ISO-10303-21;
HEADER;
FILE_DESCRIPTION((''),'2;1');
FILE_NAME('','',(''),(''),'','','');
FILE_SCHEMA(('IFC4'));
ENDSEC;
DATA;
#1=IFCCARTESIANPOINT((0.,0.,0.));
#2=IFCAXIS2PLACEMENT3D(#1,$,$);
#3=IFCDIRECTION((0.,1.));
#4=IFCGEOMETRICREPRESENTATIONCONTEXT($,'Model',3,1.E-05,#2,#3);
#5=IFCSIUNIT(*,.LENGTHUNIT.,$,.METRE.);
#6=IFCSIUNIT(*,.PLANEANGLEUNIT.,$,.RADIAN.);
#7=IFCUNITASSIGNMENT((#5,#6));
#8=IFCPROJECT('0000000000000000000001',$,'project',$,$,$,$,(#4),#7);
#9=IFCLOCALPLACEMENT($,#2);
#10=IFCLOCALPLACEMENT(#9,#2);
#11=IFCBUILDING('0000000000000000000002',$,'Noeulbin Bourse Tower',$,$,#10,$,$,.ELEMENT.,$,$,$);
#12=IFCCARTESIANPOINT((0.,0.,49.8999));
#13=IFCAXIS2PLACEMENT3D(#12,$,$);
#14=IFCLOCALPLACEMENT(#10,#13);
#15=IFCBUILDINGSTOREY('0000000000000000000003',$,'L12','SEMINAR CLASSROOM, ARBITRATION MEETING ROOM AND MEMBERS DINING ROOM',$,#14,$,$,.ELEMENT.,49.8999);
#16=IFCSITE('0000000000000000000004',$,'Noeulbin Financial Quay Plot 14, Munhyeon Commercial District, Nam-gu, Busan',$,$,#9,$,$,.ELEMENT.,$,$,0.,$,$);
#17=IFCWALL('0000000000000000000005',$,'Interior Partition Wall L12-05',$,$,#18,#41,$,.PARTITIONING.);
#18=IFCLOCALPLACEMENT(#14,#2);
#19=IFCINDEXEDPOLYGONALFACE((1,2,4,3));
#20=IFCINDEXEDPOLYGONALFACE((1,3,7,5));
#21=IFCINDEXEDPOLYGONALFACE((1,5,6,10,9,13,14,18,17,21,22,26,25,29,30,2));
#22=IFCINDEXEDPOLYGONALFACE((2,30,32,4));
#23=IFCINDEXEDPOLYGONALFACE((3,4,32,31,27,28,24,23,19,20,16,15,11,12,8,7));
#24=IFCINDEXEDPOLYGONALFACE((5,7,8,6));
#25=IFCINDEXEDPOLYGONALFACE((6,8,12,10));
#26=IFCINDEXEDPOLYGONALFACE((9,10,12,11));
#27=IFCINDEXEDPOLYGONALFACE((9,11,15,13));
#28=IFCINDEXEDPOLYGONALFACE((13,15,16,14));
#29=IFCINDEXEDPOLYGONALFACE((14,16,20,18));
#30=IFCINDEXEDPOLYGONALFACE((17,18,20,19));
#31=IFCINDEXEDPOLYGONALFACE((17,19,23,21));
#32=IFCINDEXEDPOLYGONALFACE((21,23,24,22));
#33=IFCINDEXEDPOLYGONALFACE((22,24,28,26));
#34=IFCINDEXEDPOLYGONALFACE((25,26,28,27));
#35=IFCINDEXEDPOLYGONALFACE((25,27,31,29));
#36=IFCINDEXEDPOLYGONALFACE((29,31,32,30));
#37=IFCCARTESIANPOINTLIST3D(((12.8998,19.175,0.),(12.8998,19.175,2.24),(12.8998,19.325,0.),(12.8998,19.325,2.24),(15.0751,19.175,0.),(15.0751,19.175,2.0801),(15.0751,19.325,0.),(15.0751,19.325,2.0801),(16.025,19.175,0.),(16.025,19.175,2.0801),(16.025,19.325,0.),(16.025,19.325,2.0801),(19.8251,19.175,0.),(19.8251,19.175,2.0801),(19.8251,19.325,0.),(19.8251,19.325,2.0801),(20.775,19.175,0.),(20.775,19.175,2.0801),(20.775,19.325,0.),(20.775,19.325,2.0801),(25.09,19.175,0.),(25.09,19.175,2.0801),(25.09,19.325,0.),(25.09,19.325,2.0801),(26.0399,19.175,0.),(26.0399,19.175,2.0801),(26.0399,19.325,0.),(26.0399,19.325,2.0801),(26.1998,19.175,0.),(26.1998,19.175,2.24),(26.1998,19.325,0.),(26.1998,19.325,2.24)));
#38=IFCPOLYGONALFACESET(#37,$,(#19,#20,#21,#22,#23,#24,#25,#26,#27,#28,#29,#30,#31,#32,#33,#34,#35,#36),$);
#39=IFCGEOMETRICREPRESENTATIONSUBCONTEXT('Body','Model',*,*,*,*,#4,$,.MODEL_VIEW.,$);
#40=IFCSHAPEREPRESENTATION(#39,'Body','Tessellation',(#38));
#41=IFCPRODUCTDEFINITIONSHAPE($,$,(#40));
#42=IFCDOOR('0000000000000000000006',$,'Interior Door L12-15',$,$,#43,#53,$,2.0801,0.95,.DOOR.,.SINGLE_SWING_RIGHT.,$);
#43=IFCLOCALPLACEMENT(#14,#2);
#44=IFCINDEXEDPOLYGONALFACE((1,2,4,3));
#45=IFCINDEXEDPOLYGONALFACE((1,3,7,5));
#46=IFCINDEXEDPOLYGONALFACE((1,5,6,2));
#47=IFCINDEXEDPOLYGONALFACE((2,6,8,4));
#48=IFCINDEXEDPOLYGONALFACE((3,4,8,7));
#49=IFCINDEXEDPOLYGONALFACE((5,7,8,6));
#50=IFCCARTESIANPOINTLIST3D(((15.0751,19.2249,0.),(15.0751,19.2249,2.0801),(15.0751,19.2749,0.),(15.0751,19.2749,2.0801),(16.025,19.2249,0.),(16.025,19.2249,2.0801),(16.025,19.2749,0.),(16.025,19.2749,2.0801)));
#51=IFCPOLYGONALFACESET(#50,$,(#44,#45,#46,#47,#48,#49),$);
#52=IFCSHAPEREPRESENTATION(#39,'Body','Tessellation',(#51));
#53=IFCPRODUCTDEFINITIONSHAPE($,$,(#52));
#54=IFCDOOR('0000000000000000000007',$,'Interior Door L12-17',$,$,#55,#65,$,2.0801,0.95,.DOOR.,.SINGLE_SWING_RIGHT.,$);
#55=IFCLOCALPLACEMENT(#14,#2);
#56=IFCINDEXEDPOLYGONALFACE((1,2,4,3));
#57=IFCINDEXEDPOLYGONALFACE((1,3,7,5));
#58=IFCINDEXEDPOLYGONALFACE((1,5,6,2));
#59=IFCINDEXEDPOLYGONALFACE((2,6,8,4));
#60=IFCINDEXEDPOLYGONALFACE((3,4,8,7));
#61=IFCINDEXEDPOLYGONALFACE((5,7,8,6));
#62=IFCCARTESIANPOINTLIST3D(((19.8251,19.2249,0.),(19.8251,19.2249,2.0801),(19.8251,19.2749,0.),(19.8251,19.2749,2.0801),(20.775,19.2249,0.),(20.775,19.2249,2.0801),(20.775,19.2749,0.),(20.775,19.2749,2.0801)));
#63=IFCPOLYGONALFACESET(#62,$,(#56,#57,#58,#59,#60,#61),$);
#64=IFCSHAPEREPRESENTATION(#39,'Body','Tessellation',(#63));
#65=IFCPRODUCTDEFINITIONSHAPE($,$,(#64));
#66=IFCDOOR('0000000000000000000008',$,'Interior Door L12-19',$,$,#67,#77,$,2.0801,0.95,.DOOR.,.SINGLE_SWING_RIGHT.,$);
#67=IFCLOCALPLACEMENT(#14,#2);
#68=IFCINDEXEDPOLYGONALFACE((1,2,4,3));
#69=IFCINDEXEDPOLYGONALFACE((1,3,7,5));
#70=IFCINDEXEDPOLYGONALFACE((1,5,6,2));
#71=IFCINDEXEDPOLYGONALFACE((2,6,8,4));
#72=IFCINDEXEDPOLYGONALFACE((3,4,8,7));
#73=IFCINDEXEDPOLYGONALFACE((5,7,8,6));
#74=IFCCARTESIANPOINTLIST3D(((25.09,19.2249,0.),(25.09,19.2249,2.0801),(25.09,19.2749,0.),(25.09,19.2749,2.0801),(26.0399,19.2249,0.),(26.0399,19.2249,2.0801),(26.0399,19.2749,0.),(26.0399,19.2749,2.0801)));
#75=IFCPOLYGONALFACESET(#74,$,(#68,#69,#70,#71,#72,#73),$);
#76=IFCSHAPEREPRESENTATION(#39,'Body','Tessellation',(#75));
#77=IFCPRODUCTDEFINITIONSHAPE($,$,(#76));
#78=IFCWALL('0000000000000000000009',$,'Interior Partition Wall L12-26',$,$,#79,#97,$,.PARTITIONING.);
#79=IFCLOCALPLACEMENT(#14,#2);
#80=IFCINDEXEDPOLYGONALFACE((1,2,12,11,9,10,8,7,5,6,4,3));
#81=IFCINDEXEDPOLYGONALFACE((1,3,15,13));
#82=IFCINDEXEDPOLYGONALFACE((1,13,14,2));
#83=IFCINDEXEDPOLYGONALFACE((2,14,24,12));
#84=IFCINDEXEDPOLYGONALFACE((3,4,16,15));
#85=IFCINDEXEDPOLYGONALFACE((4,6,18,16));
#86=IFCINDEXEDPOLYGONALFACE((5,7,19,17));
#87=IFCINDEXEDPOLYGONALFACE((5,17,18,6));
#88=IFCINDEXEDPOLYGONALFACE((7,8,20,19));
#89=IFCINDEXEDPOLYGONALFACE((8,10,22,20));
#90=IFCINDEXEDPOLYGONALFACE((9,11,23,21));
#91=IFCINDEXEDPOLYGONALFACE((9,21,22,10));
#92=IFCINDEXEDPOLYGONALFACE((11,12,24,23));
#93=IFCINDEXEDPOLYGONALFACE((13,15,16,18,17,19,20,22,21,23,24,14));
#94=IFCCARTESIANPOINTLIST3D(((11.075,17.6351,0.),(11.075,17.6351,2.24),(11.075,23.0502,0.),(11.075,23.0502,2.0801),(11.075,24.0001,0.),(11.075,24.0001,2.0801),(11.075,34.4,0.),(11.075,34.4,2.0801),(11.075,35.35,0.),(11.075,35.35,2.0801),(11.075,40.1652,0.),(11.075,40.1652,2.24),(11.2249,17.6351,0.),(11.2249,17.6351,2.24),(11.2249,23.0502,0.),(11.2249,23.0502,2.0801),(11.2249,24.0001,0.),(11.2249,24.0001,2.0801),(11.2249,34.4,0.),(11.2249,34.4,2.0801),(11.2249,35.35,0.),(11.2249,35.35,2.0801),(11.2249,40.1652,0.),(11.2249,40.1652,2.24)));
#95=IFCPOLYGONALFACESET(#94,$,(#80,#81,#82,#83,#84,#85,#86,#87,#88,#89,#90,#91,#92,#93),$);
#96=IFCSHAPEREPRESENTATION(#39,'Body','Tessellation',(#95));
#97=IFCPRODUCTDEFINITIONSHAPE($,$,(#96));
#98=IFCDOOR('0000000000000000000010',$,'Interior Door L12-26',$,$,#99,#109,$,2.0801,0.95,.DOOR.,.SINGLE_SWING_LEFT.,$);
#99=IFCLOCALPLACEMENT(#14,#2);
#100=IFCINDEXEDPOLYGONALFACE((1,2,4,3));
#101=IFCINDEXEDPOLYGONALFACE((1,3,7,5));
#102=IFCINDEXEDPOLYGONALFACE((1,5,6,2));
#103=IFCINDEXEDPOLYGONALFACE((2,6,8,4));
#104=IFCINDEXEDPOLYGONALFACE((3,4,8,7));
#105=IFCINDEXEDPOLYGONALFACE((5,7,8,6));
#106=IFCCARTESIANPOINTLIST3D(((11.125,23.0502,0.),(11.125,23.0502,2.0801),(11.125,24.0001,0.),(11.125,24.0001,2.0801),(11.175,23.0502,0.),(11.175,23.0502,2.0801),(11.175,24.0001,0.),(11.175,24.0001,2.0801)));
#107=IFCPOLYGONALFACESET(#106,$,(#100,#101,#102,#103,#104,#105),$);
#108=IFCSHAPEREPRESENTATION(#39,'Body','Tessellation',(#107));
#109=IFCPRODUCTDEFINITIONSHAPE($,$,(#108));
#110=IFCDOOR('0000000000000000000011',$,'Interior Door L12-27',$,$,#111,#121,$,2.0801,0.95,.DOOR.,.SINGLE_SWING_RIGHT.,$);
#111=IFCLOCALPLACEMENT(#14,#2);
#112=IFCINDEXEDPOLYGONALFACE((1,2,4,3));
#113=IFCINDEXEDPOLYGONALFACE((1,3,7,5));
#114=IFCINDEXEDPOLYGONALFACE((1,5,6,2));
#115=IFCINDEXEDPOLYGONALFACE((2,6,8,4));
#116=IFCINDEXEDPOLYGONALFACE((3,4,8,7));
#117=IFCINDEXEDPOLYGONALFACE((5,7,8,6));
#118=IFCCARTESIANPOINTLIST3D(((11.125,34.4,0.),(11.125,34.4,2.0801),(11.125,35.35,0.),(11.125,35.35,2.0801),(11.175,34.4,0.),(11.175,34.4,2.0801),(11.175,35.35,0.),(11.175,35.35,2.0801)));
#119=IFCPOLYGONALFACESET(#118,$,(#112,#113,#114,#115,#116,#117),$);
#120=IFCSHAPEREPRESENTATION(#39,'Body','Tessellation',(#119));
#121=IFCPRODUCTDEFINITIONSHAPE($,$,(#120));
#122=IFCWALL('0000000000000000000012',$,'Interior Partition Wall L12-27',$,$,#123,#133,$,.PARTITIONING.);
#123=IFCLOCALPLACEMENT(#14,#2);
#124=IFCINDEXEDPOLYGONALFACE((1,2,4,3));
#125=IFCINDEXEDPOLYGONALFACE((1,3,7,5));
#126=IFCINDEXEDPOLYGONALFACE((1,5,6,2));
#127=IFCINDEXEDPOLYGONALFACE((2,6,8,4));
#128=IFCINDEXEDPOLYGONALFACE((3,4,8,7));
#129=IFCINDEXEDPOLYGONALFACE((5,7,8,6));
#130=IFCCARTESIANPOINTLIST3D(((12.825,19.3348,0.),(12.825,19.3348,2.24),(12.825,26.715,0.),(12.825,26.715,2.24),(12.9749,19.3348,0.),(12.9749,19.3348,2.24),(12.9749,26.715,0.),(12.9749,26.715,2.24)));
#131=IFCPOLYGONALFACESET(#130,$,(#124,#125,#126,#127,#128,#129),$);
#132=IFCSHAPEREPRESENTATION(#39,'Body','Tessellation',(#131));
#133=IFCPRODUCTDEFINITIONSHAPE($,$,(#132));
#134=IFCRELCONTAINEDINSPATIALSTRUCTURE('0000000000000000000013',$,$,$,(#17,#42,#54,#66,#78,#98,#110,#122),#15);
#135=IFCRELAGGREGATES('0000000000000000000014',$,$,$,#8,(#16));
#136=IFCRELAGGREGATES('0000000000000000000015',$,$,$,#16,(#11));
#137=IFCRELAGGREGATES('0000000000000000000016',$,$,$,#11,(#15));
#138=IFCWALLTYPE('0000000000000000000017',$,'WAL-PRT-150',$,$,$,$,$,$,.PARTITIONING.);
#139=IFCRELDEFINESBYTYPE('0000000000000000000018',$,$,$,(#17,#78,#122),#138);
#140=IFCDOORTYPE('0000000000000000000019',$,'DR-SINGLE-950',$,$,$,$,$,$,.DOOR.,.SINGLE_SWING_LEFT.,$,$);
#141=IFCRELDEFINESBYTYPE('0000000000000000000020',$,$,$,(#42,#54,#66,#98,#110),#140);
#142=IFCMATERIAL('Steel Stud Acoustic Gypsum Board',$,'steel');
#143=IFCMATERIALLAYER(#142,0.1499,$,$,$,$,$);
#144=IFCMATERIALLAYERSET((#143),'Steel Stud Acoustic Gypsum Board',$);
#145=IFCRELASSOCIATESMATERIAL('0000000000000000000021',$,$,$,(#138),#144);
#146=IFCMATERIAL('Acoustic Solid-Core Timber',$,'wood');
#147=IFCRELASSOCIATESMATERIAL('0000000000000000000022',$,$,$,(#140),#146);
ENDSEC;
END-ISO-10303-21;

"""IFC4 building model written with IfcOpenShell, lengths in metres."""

from ifc_helpers import new_model, si_unit, direction, frame, frame_2d, origin, place, context, subcontext, project, spatial, rectangle, extrude, material, layer, layer_set, type_object, element, fill, save


model = new_model("IFC4")

# Units and contexts
model_context = context("Model", 3, precision=1e-05, world=origin(), true_north=direction((0.0, 1.0)))
body_context = subcontext(model_context, "Body", "Model", "MODEL_VIEW")
ifc_project = project(units=[si_unit("LENGTHUNIT", "METRE"), si_unit("PLANEANGLEUNIT", "RADIAN")], contexts=[model_context])

# Site, building, storey
site_placement = place(None, origin())
site = spatial("IfcSite", under=ifc_project, at=site_placement, Name="Noeulbin Financial Quay Plot 14, Munhyeon Commercial District, Nam-gu, Busan", CompositionType="ELEMENT", RefElevation=0.0)
building_placement = place(site_placement, origin())
building = spatial("IfcBuilding", under=site, at=building_placement, Name="Noeulbin Bourse Tower", CompositionType="ELEMENT")
storey_placement = place(building_placement, frame((0.0, 0.0, 49.8999)))
storey = spatial("IfcBuildingStorey", under=building, at=storey_placement, Name="L12", Description="SEMINAR CLASSROOM, ARBITRATION MEETING ROOM AND MEMBERS DINING ROOM", CompositionType="ELEMENT", Elevation=49.8999)

# Walls, openings, doors
ifc_material_1 = material(Name="Steel Stud Acoustic Gypsum Board", Category="steel")
ifc_layer_1 = layer(ifc_material_1, 0.1499)
ifc_layer_set_1 = layer_set([ifc_layer_1], Name="Steel Stud Acoustic Gypsum Board")
wall_type_1 = type_object("IfcWallType", Name="WAL-PRT-150", PredefinedType="PARTITIONING", material=ifc_layer_set_1)
ifc_material_2 = material(Name="Acoustic Solid-Core Timber", Category="wood")
door_type = type_object("IfcDoorType", Name="DR-SINGLE-950", OperationType="SINGLE_SWING_LEFT", PredefinedType="DOOR", material=ifc_material_2)
wall_1_placement = place(storey_placement, frame((12.8999, 19.25, 0.0), z_axis=(0.0, 0.0, 1.0), x_axis=(1.0, 0.0, 0.0)))
wall_1 = element("IfcWall", 1, at=wall_1_placement, inside=storey, type_object=wall_type_1, Name="Interior Partition Wall L12-05", PredefinedType="PARTITIONING", context=body_context, shape_type="SweptSolid", body=[
    extrude(rectangle(XDim=13.3, YDim=0.1499, at=frame_2d((6.6499, 0.0))), origin(), (0.0, 0.0, 1.0), 2.24),
])
opening_1_placement = place(wall_1_placement, frame((2.175, 0.0, 0.0)))
opening_1 = element("IfcOpeningElement", 2, at=opening_1_placement, cuts=wall_1, PredefinedType="OPENING", context=body_context, shape_type="SweptSolid", body=[
    extrude(rectangle(XDim=0.95, YDim=2.0801, at=frame_2d((0.4751, 1.04))), frame((0.0, 0.085, 0.0), z_axis=(0.0, -1.0, 0.0), x_axis=(1.0, 0.0, 0.0)), (0.0, 0.0, 1.0), 0.1699),
])
opening_2_placement = place(wall_1_placement, frame((6.925, 0.0, 0.0)))
opening_2 = element("IfcOpeningElement", 3, at=opening_2_placement, cuts=wall_1, PredefinedType="OPENING", context=body_context, shape_type="SweptSolid", body=[
    extrude(rectangle(XDim=0.95, YDim=2.0801, at=frame_2d((0.4751, 1.04))), frame((0.0, 0.085, 0.0), z_axis=(0.0, -1.0, 0.0), x_axis=(1.0, 0.0, 0.0)), (0.0, 0.0, 1.0), 0.1699),
])
opening_3_placement = place(wall_1_placement, frame((12.1899, 0.0, 0.0)))
opening_3 = element("IfcOpeningElement", 4, at=opening_3_placement, cuts=wall_1, PredefinedType="OPENING", context=body_context, shape_type="SweptSolid", body=[
    extrude(rectangle(XDim=0.95, YDim=2.0801, at=frame_2d((0.4751, 1.04))), frame((0.0, 0.085, 0.0), z_axis=(0.0, -1.0, 0.0), x_axis=(1.0, 0.0, 0.0)), (0.0, 0.0, 1.0), 0.1699),
])
door_1_placement = place(opening_1_placement, origin())
door_1 = element("IfcDoor", 5, at=door_1_placement, inside=storey, type_object=door_type, Name="Interior Door L12-15", OperationType="SINGLE_SWING_RIGHT", OverallHeight=2.0801, OverallWidth=0.95, PredefinedType="DOOR", context=body_context, shape_type="SweptSolid", body=[
    extrude(rectangle(XDim=0.95, YDim=2.0801, at=frame_2d((0.4751, 1.04))), frame((0.0, 0.0249, 0.0), z_axis=(0.0, -1.0, 0.0), x_axis=(1.0, 0.0, 0.0)), (0.0, 0.0, 1.0), 0.05),
])
fill(opening_1, door_1)
door_2_placement = place(opening_2_placement, origin())
door_2 = element("IfcDoor", 6, at=door_2_placement, inside=storey, type_object=door_type, Name="Interior Door L12-17", OperationType="SINGLE_SWING_RIGHT", OverallHeight=2.0801, OverallWidth=0.95, PredefinedType="DOOR", context=body_context, shape_type="SweptSolid", body=[
    extrude(rectangle(XDim=0.95, YDim=2.0801, at=frame_2d((0.4751, 1.04))), frame((0.0, 0.0249, 0.0), z_axis=(0.0, -1.0, 0.0), x_axis=(1.0, 0.0, 0.0)), (0.0, 0.0, 1.0), 0.05),
])
fill(opening_2, door_2)
door_3_placement = place(opening_3_placement, origin())
door_3 = element("IfcDoor", 7, at=door_3_placement, inside=storey, type_object=door_type, Name="Interior Door L12-19", OperationType="SINGLE_SWING_RIGHT", OverallHeight=2.0801, OverallWidth=0.95, PredefinedType="DOOR", context=body_context, shape_type="SweptSolid", body=[
    extrude(rectangle(XDim=0.95, YDim=2.0801, at=frame_2d((0.4751, 1.04))), frame((0.0, 0.0249, 0.0), z_axis=(0.0, -1.0, 0.0), x_axis=(1.0, 0.0, 0.0)), (0.0, 0.0, 1.0), 0.05),
])
fill(opening_3, door_3)
wall_2_placement = place(storey_placement, frame((11.1499, 17.635, 0.0), z_axis=(0.0, 0.0, 1.0), x_axis=(0.0, 1.0, 0.0)))
wall_2 = element("IfcWall", 8, at=wall_2_placement, inside=storey, type_object=wall_type_1, Name="Interior Partition Wall L12-26", PredefinedType="PARTITIONING", context=body_context, shape_type="SweptSolid", body=[
    extrude(rectangle(XDim=22.53, YDim=0.1499, at=frame_2d((11.2651, 0.0))), origin(), (0.0, 0.0, 1.0), 2.24),
])
opening_4_placement = place(wall_2_placement, frame((5.415, 0.0, 0.0)))
opening_4 = element("IfcOpeningElement", 9, at=opening_4_placement, cuts=wall_2, PredefinedType="OPENING", context=body_context, shape_type="SweptSolid", body=[
    extrude(rectangle(XDim=0.95, YDim=2.0801, at=frame_2d((0.4751, 1.04))), frame((0.0, 0.085, 0.0), z_axis=(0.0, -1.0, 0.0), x_axis=(1.0, 0.0, 0.0)), (0.0, 0.0, 1.0), 0.1699),
])
opening_5_placement = place(wall_2_placement, frame((16.7649, 0.0, 0.0)))
opening_5 = element("IfcOpeningElement", 10, at=opening_5_placement, cuts=wall_2, PredefinedType="OPENING", context=body_context, shape_type="SweptSolid", body=[
    extrude(rectangle(XDim=0.95, YDim=2.0801, at=frame_2d((0.4751, 1.04))), frame((0.0, 0.085, 0.0), z_axis=(0.0, -1.0, 0.0), x_axis=(1.0, 0.0, 0.0)), (0.0, 0.0, 1.0), 0.1699),
])
door_4_placement = place(opening_4_placement, origin())
door_4 = element("IfcDoor", 11, at=door_4_placement, inside=storey, type_object=door_type, Name="Interior Door L12-26", OperationType="SINGLE_SWING_LEFT", OverallHeight=2.0801, OverallWidth=0.95, PredefinedType="DOOR", context=body_context, shape_type="SweptSolid", body=[
    extrude(rectangle(XDim=0.95, YDim=2.0801, at=frame_2d((0.4751, 1.04))), frame((0.0, 0.0249, 0.0), z_axis=(0.0, -1.0, 0.0), x_axis=(1.0, 0.0, 0.0)), (0.0, 0.0, 1.0), 0.05),
])
fill(opening_4, door_4)
door_5_placement = place(opening_5_placement, origin())
door_5 = element("IfcDoor", 12, at=door_5_placement, inside=storey, type_object=door_type, Name="Interior Door L12-27", OperationType="SINGLE_SWING_RIGHT", OverallHeight=2.0801, OverallWidth=0.95, PredefinedType="DOOR", context=body_context, shape_type="SweptSolid", body=[
    extrude(rectangle(XDim=0.95, YDim=2.0801, at=frame_2d((0.4751, 1.04))), frame((0.0, 0.0249, 0.0), z_axis=(0.0, -1.0, 0.0), x_axis=(1.0, 0.0, 0.0)), (0.0, 0.0, 1.0), 0.05),
])
fill(opening_5, door_5)

# Wall
wall_3_placement = place(storey_placement, frame((12.8999, 19.335, 0.0), z_axis=(0.0, 0.0, 1.0), x_axis=(0.0, 1.0, 0.0)))
element("IfcWall", 13, at=wall_3_placement, inside=storey, type_object=wall_type_1, Name="Interior Partition Wall L12-27", PredefinedType="PARTITIONING", context=body_context, shape_type="SweptSolid", body=[
    extrude(rectangle(XDim=7.3801, YDim=0.1499, at=frame_2d((3.6899, 0.0))), origin(), (0.0, 0.0, 1.0), 2.24),
])

save(model, "model.ifc")
